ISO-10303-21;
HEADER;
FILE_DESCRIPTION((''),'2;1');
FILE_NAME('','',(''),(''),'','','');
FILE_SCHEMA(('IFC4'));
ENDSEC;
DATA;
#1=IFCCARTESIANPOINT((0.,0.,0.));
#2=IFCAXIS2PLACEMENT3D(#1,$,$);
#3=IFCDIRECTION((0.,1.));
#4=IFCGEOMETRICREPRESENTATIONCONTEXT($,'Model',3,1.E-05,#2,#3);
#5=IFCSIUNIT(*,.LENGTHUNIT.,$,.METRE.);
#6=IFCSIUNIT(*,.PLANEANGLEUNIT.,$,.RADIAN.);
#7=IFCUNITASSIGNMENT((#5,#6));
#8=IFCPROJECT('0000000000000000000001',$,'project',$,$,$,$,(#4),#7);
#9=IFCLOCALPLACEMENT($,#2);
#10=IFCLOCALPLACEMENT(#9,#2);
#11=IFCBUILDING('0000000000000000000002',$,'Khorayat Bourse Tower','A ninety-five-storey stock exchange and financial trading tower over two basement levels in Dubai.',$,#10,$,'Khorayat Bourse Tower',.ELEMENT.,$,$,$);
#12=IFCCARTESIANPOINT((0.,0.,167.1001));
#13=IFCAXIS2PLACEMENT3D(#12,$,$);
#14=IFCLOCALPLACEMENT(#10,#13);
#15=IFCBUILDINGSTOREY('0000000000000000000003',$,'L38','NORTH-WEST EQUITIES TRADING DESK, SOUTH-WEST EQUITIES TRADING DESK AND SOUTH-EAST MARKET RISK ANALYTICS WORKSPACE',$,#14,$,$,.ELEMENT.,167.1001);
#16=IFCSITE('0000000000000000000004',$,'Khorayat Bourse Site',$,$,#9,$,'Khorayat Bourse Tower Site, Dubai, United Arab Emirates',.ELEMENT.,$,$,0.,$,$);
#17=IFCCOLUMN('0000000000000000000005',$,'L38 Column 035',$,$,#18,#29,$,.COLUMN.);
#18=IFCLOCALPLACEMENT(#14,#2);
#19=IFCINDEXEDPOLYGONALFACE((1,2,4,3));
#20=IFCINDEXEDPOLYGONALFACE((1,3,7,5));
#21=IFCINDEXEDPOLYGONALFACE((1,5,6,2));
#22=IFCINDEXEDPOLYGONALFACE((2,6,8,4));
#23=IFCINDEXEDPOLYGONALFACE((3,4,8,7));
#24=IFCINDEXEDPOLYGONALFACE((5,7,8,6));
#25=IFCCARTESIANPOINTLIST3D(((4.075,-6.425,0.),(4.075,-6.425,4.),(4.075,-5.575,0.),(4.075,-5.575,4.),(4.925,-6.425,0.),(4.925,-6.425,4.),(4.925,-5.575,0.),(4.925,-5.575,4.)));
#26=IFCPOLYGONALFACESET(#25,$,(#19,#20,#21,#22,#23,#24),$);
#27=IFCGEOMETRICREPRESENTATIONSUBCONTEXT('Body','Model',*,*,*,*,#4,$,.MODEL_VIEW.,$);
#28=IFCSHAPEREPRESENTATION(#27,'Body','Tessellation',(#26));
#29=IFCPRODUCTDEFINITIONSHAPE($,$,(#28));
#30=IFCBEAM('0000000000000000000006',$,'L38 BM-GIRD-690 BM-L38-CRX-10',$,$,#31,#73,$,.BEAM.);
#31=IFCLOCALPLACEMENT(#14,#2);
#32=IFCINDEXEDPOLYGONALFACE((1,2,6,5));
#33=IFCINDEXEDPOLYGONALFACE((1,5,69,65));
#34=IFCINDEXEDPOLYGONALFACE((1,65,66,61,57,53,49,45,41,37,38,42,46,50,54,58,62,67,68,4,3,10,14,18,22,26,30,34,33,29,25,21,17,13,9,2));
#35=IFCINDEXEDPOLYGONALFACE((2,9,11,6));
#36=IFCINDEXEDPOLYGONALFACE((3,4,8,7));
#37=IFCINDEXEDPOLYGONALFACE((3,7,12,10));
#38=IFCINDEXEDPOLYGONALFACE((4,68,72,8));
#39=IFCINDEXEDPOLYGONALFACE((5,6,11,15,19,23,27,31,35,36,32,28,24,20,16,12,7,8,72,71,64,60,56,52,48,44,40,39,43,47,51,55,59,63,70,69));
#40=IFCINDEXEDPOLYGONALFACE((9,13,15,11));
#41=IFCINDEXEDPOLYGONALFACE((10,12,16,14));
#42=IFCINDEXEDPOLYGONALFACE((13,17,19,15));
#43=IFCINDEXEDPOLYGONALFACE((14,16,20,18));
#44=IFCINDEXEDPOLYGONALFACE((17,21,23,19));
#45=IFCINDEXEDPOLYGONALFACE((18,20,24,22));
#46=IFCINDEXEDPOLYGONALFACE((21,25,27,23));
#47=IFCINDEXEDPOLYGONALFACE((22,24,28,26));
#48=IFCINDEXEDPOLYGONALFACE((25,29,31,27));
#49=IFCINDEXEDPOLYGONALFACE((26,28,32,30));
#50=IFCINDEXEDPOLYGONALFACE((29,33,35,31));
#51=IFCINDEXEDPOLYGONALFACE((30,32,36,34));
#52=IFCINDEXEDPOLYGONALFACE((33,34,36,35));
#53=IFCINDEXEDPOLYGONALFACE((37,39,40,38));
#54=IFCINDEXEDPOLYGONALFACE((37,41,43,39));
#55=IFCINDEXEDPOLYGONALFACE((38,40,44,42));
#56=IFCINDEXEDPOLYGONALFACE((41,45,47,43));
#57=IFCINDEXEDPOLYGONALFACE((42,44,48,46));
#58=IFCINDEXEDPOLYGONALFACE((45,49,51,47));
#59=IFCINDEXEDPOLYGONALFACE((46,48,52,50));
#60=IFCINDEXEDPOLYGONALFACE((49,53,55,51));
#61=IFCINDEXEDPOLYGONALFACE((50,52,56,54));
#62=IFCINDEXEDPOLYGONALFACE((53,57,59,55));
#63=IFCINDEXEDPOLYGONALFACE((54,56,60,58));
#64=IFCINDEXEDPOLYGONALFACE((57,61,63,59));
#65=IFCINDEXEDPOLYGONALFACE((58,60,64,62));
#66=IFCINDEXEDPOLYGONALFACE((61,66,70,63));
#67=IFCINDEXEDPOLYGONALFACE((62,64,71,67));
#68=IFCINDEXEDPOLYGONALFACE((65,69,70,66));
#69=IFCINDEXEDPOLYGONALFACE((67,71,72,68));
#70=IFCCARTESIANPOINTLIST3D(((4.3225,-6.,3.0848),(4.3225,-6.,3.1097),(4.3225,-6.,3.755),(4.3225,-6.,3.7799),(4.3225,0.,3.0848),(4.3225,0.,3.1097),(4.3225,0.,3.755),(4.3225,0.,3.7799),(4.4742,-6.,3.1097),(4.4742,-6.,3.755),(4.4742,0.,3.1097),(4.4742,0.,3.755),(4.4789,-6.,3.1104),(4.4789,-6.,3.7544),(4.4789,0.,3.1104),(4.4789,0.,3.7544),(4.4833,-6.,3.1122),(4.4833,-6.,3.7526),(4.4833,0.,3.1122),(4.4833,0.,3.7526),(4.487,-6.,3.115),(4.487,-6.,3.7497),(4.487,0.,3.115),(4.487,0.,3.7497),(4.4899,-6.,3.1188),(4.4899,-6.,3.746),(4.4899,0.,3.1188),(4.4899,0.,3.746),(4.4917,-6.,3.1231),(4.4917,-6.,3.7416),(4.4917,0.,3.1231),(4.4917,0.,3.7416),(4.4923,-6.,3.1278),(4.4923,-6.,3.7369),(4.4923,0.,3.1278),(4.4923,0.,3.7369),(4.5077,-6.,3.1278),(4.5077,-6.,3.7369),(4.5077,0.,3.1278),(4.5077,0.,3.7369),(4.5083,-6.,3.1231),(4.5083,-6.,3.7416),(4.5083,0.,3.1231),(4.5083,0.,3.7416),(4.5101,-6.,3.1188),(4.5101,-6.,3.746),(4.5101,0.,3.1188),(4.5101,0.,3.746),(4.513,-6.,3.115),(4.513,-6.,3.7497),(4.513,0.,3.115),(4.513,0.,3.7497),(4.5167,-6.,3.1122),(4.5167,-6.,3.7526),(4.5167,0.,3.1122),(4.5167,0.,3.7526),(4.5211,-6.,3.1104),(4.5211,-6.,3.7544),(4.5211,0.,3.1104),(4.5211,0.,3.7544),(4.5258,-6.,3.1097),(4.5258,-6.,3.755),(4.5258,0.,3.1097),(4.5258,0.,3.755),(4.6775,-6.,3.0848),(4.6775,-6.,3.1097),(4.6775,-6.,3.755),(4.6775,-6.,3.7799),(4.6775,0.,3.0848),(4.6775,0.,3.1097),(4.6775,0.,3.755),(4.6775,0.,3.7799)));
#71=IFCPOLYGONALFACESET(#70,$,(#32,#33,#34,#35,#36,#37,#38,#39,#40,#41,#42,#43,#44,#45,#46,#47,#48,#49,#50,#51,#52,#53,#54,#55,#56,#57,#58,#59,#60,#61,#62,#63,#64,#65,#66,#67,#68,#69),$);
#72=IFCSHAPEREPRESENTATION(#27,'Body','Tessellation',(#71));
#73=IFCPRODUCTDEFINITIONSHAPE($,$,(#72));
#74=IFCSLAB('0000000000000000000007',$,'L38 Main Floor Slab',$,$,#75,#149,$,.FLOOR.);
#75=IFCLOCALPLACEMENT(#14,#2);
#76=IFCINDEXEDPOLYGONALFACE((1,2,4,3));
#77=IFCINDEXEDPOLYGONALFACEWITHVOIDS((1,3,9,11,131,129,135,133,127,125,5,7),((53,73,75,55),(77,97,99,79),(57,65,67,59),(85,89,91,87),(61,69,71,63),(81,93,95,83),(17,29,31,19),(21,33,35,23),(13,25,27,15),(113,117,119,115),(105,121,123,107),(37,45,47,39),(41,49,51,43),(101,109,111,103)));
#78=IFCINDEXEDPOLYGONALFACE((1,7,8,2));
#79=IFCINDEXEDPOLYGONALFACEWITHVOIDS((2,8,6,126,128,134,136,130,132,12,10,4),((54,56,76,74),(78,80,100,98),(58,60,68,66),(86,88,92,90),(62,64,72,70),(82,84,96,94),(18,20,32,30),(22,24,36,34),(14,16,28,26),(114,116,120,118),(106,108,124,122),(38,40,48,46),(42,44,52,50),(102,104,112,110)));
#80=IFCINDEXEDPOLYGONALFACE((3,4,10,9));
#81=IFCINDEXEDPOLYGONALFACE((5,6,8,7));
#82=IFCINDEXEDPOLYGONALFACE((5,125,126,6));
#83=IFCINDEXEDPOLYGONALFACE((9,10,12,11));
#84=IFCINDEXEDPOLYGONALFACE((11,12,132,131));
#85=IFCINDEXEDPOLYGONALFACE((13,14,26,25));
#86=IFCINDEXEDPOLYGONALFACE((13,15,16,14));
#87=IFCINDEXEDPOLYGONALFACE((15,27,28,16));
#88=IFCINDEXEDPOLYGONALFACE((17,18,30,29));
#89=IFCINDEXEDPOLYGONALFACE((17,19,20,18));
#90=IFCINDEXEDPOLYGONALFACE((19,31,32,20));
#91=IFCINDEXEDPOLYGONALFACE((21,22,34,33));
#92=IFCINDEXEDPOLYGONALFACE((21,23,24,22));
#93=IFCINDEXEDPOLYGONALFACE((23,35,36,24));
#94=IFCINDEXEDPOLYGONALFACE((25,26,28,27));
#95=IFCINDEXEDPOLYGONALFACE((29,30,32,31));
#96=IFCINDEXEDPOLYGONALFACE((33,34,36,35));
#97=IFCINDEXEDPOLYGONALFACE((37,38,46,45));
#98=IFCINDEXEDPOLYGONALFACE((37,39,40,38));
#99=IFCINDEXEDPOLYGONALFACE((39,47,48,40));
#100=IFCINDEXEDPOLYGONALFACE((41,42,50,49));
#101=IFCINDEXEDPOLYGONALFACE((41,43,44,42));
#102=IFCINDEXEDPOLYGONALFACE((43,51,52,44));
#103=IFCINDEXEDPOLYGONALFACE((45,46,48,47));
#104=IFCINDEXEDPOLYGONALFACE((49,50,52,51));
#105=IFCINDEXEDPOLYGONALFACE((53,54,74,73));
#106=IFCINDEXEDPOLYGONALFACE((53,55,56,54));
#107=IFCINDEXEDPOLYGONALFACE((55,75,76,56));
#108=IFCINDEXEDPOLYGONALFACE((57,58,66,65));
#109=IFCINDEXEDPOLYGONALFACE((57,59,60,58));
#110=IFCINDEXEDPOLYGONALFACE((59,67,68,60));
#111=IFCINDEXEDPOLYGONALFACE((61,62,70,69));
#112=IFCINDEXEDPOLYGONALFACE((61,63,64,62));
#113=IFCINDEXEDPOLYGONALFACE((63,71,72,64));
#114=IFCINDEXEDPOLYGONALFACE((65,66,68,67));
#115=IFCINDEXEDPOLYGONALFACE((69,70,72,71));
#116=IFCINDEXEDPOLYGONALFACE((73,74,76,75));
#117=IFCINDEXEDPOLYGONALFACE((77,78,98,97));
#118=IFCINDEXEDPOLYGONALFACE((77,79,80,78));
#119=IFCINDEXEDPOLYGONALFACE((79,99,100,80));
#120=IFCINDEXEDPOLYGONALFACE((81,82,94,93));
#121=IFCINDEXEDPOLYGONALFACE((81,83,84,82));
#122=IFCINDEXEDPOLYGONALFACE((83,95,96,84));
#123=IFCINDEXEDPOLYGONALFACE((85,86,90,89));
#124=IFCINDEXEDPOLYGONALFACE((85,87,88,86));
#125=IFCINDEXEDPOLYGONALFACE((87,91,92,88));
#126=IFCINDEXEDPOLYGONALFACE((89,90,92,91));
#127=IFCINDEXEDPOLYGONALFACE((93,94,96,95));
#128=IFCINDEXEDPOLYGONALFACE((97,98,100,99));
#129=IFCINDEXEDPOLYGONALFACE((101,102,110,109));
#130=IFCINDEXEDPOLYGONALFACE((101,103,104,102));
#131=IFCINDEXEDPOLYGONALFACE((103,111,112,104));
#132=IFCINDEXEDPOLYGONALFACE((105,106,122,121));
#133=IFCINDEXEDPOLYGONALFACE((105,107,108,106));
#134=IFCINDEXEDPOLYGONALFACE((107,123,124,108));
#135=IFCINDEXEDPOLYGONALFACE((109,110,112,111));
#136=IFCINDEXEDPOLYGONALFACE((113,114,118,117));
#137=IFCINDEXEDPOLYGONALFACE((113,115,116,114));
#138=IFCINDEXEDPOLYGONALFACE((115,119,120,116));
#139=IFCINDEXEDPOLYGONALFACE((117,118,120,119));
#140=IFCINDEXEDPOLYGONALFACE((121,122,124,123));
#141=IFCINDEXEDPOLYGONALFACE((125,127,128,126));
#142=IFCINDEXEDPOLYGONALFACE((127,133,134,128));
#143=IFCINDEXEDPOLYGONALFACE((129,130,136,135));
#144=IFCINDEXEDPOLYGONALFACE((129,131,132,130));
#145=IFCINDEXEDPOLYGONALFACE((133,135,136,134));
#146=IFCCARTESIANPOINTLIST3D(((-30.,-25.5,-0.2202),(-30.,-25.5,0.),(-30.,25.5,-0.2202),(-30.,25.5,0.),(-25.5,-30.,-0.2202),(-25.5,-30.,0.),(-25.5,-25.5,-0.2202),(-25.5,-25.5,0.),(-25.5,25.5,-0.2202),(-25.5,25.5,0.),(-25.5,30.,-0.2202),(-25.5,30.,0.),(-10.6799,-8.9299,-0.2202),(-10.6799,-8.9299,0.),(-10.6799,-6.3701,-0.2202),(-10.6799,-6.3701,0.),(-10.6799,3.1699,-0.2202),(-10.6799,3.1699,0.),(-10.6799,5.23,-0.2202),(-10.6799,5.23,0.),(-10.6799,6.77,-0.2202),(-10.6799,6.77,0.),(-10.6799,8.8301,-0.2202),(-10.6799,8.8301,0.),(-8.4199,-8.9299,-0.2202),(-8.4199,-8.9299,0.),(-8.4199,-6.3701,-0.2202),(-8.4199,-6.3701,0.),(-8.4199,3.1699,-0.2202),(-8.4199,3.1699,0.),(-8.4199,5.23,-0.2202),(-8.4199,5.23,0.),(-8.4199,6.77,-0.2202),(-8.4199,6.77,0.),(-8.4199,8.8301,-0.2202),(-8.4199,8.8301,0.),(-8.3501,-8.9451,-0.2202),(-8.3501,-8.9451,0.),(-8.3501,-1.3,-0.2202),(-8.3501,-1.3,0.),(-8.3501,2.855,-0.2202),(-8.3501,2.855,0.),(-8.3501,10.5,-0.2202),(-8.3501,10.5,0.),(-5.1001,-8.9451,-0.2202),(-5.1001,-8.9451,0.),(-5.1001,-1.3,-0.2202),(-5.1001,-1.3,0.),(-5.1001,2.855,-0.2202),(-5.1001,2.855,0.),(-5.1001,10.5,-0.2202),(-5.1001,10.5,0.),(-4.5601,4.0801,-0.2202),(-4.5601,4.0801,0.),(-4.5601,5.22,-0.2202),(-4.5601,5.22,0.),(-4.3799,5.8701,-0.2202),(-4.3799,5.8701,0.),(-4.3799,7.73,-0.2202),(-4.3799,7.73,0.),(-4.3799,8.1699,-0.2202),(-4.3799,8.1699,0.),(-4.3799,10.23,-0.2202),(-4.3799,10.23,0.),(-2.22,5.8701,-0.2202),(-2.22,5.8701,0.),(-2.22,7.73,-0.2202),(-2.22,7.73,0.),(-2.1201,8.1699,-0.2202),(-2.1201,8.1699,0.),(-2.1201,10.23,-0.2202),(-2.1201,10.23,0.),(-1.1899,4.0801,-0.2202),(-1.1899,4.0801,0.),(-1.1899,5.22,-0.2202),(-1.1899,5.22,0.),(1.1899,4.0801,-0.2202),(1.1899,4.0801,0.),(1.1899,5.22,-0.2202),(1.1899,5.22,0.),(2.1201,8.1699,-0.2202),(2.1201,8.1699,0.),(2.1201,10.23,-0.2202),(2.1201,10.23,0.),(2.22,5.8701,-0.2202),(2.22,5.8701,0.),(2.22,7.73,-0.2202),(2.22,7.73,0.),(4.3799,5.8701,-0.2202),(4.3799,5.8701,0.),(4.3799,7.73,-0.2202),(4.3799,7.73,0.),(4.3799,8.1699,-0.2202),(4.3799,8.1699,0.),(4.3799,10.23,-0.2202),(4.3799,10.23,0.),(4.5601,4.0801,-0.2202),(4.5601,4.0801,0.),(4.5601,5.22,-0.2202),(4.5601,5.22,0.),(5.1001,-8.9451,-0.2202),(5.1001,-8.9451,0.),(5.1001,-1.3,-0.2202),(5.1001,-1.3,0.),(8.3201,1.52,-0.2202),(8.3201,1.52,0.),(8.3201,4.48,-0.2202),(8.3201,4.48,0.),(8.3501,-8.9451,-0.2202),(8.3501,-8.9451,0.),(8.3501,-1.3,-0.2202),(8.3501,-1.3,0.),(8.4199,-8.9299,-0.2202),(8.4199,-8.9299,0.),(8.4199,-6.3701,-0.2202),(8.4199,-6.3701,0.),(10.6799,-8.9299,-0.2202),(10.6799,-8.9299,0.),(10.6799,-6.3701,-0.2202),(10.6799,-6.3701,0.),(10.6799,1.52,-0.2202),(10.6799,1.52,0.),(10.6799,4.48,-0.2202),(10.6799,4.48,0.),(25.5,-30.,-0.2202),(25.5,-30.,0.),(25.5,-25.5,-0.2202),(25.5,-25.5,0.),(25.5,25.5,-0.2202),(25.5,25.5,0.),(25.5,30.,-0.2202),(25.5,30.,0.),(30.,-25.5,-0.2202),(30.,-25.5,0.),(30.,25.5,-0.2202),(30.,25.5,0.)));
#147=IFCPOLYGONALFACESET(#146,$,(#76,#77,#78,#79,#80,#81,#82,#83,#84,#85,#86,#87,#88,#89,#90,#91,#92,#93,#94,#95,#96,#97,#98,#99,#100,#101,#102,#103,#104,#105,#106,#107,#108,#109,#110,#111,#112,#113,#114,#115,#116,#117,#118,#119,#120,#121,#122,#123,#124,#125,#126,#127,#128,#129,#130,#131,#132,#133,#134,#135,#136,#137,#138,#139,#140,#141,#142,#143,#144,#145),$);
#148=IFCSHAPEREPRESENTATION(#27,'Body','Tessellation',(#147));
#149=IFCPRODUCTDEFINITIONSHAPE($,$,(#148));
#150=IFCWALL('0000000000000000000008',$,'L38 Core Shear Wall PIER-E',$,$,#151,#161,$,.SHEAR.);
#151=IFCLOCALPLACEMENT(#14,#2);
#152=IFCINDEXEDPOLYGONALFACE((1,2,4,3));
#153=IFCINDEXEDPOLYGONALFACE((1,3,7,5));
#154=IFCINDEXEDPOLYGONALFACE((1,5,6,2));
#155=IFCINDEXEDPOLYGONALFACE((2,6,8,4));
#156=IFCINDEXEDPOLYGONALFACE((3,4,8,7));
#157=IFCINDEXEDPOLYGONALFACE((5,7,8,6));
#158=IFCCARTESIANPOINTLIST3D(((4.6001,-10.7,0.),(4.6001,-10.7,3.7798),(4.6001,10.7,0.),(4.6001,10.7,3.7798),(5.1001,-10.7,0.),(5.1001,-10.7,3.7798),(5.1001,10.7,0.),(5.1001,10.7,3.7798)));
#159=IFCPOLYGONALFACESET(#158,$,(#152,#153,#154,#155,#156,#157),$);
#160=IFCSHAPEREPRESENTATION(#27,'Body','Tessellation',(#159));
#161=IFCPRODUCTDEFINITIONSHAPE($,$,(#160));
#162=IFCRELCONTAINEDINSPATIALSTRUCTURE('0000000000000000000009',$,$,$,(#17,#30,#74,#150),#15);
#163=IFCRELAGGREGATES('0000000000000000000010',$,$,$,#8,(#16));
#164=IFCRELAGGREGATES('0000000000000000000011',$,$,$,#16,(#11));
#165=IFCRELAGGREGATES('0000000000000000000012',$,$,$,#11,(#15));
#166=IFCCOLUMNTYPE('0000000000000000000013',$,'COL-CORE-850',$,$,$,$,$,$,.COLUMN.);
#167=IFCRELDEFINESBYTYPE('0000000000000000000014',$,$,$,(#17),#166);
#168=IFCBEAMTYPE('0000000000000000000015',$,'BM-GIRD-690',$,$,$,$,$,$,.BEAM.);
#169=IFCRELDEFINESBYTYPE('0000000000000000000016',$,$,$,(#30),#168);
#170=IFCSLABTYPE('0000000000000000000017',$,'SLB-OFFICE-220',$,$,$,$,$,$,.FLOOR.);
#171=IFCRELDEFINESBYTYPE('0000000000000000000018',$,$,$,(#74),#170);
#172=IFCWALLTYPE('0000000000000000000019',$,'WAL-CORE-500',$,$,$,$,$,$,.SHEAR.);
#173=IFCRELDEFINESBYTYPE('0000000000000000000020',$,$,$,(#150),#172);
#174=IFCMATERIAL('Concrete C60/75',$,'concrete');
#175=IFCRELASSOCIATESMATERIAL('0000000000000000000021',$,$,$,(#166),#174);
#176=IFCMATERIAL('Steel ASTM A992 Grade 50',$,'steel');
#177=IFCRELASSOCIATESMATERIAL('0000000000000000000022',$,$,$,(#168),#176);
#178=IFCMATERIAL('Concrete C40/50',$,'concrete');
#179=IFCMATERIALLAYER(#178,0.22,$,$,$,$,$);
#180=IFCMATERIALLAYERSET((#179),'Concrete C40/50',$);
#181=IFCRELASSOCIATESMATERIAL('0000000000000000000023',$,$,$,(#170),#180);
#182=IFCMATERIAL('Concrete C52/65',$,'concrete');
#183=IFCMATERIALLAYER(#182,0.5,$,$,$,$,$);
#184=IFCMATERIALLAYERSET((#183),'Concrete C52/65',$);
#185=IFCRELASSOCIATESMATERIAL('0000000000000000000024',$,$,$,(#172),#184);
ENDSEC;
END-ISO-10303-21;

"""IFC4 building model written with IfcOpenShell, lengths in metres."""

from ifc_helpers import new_model, si_unit, direction, frame, frame_2d, origin, origin_2d, place, context, subcontext, project, spatial, polyline, rectangle, i_section, outline, extrude, source, transform, mapped, material, layer, layer_set, material_profile, profile_set, type_object, element, save


model = new_model("IFC4")

# Units and contexts
model_context = context("Model", 3, precision=1e-05, world=origin(), true_north=direction((0.0, 1.0)))
body_context = subcontext(model_context, "Body", "Model", "MODEL_VIEW")
ifc_project = project(units=[si_unit("LENGTHUNIT", "METRE"), si_unit("PLANEANGLEUNIT", "RADIAN")], contexts=[model_context])

# Site, building, storey
site_placement = place(None, origin())
site = spatial("IfcSite", under=ifc_project, at=site_placement, Name="Khorayat Bourse Site", LongName="Khorayat Bourse Tower Site, Dubai, United Arab Emirates", CompositionType="ELEMENT", RefElevation=0.0)
building_placement = place(site_placement, origin())
building = spatial("IfcBuilding", under=site, at=building_placement, Name="Khorayat Bourse Tower", Description="A ninety-five-storey stock exchange and financial trading tower over two basement levels in Dubai.", LongName="Khorayat Bourse Tower", CompositionType="ELEMENT")
storey_placement = place(building_placement, frame((0.0, 0.0, 167.1001)))
storey = spatial("IfcBuildingStorey", under=building, at=storey_placement, Name="L38", Description="NORTH-WEST EQUITIES TRADING DESK, SOUTH-WEST EQUITIES TRADING DESK AND SOUTH-EAST MARKET RISK ANALYTICS WORKSPACE", CompositionType="ELEMENT", Elevation=167.1001)

# Column
ifc_material_1 = material(Name="Concrete C60/75", Category="concrete")
ifc_material_profile_1 = material_profile(ifc_material_1, rectangle(XDim=0.8501, YDim=0.8501, at=origin_2d()), Name="RC 850x850")
ifc_profile_set_1 = profile_set([ifc_material_profile_1], Name="Concrete C60/75")
column_type = type_object("IfcColumnType", Name="COL-CORE-850", PredefinedType="COLUMN", material=ifc_profile_set_1)
shared_shape_1 = source(origin(), body_context, "Body", "SweptSolid", [
    extrude(rectangle(XDim=0.8501, YDim=0.8501, at=origin_2d()), origin(), (0.0, 0.0, 1.0), 4.0),
])
column_placement = place(storey_placement, frame((4.5, -6.0, 0.0), z_axis=(0.0, 0.0, 1.0), x_axis=(1.0, 0.0, 0.0)))
element("IfcColumn", 1, at=column_placement, inside=storey, type_object=column_type, Name="L38 Column 035", PredefinedType="COLUMN", context=body_context, shape_type="MappedRepresentation", body=[
    mapped(shared_shape_1, transform((0.0, 0.0, 0.0), scale=1.0)),
])

# Beam
ifc_material_2 = material(Name="Steel ASTM A992 Grade 50", Category="steel")
ifc_material_profile_2 = material_profile(ifc_material_2, i_section(OverallWidth=0.355, OverallDepth=0.6951, WebThickness=0.0154, FlangeThickness=0.0249, FilletRadius=0.0181, at=origin_2d()), Name="W690X217")
ifc_profile_set_2 = profile_set([ifc_material_profile_2], Name="Steel ASTM A992 Grade 50")
beam_type = type_object("IfcBeamType", Name="BM-GIRD-690", PredefinedType="BEAM", material=ifc_profile_set_2)
shared_shape_2 = source(origin(), body_context, "Body", "SweptSolid", [
    extrude(i_section(OverallWidth=0.355, OverallDepth=0.6951, WebThickness=0.0154, FlangeThickness=0.0249, FilletRadius=0.0181, at=origin_2d()), origin(), (0.0, 0.0, 1.0), 6.0),
])
beam_placement = place(storey_placement, frame((4.5, -6.0, 3.4324), z_axis=(0.0, 1.0, 0.0), x_axis=(-1.0, 0.0, 0.0)))
element("IfcBeam", 2, at=beam_placement, inside=storey, type_object=beam_type, Name="L38 BM-GIRD-690 BM-L38-CRX-10", PredefinedType="BEAM", context=body_context, shape_type="MappedRepresentation", body=[
    mapped(shared_shape_2, transform((0.0, 0.0, 0.0), scale=1.0)),
])

# Slab
ifc_material_3 = material(Name="Concrete C40/50", Category="concrete")
ifc_layer_1 = layer(ifc_material_3, 0.22)
ifc_layer_set_1 = layer_set([ifc_layer_1], Name="Concrete C40/50")
slab_type = type_object("IfcSlabType", Name="SLB-OFFICE-220", PredefinedType="FLOOR", material=ifc_layer_set_1)
slab_placement = place(storey_placement, frame((0.0, 0.0, -0.2202)))
element("IfcSlab", 3, at=slab_placement, inside=storey, type_object=slab_type, Name="L38 Main Floor Slab", PredefinedType="FLOOR", context=body_context, shape_type="SweptSolid", body=[
    extrude(outline(polyline([(-25.5, -30.0), (25.5, -30.0), (25.5, -25.5), (30.0, -25.5), (30.0, 25.5), (25.5, 25.5), (25.5, 30.0), (-25.5, 30.0), (-25.5, 25.5), (-30.0, 25.5), (-30.0, -25.5), (-25.5, -25.5), (-25.5, -30.0)]), holes=[polyline([(-8.3501, -8.9451), (-5.1001, -8.9451), (-5.1001, -1.3), (-8.3501, -1.3), (-8.3501, -8.9451)]), polyline([(-8.3501, 2.855), (-5.1001, 2.855), (-5.1001, 10.5), (-8.3501, 10.5), (-8.3501, 2.855)]), polyline([(5.1001, -8.9451), (8.3501, -8.9451), (8.3501, -1.3), (5.1001, -1.3), (5.1001, -8.9451)]), polyline([(-4.3799, 8.1699), (-2.1201, 8.1699), (-2.1201, 10.23), (-4.3799, 10.23), (-4.3799, 8.1699)]), polyline([(2.1201, 8.1699), (4.3799, 8.1699), (4.3799, 10.23), (2.1201, 10.23), (2.1201, 8.1699)]), polyline([(-4.3799, 5.8701), (-2.22, 5.8701), (-2.22, 7.73), (-4.3799, 7.73), (-4.3799, 5.8701)]), polyline([(2.22, 5.8701), (4.3799, 5.8701), (4.3799, 7.73), (2.22, 7.73), (2.22, 5.8701)]), polyline([(-10.6799, 3.1699), (-8.4199, 3.1699), (-8.4199, 5.23), (-10.6799, 5.23), (-10.6799, 3.1699)]), polyline([(-10.6799, 6.77), (-8.4199, 6.77), (-8.4199, 8.8301), (-10.6799, 8.8301), (-10.6799, 6.77)]), polyline([(-10.6799, -8.9299), (-8.4199, -8.9299), (-8.4199, -6.3701), (-10.6799, -6.3701), (-10.6799, -8.9299)]), polyline([(8.4199, -8.9299), (10.6799, -8.9299), (10.6799, -6.3701), (8.4199, -6.3701), (8.4199, -8.9299)]), polyline([(8.3201, 1.52), (10.6799, 1.52), (10.6799, 4.48), (8.3201, 4.48), (8.3201, 1.52)]), polyline([(-4.5601, 4.0801), (-1.1899, 4.0801), (-1.1899, 5.22), (-4.5601, 5.22), (-4.5601, 4.0801)]), polyline([(1.1899, 4.0801), (4.5601, 4.0801), (4.5601, 5.22), (1.1899, 5.22), (1.1899, 4.0801)])]), origin(), (0.0, 0.0, 1.0), 0.2202),
])

# Wall
ifc_material_4 = material(Name="Concrete C52/65", Category="concrete")
ifc_layer_2 = layer(ifc_material_4, 0.5)
ifc_layer_set_2 = layer_set([ifc_layer_2], Name="Concrete C52/65")
wall_type_1 = type_object("IfcWallType", Name="WAL-CORE-500", PredefinedType="SHEAR", material=ifc_layer_set_2)
shared_shape_3 = source(origin(), body_context, "Body", "SweptSolid", [
    extrude(rectangle(XDim=21.3999, YDim=0.5, at=frame_2d((10.7, 0.0))), origin(), (0.0, 0.0, 1.0), 3.7798),
])
wall_1_placement = place(storey_placement, frame((4.8501, -10.7, 0.0), z_axis=(0.0, 0.0, 1.0), x_axis=(0.0, 1.0, 0.0)))
element("IfcWall", 4, at=wall_1_placement, inside=storey, type_object=wall_type_1, Name="L38 Core Shear Wall PIER-E", PredefinedType="SHEAR", context=body_context, shape_type="MappedRepresentation", body=[
    mapped(shared_shape_3, transform((0.0, 0.0, 0.0), scale=1.0)),
])

save(model, "model.ifc")
